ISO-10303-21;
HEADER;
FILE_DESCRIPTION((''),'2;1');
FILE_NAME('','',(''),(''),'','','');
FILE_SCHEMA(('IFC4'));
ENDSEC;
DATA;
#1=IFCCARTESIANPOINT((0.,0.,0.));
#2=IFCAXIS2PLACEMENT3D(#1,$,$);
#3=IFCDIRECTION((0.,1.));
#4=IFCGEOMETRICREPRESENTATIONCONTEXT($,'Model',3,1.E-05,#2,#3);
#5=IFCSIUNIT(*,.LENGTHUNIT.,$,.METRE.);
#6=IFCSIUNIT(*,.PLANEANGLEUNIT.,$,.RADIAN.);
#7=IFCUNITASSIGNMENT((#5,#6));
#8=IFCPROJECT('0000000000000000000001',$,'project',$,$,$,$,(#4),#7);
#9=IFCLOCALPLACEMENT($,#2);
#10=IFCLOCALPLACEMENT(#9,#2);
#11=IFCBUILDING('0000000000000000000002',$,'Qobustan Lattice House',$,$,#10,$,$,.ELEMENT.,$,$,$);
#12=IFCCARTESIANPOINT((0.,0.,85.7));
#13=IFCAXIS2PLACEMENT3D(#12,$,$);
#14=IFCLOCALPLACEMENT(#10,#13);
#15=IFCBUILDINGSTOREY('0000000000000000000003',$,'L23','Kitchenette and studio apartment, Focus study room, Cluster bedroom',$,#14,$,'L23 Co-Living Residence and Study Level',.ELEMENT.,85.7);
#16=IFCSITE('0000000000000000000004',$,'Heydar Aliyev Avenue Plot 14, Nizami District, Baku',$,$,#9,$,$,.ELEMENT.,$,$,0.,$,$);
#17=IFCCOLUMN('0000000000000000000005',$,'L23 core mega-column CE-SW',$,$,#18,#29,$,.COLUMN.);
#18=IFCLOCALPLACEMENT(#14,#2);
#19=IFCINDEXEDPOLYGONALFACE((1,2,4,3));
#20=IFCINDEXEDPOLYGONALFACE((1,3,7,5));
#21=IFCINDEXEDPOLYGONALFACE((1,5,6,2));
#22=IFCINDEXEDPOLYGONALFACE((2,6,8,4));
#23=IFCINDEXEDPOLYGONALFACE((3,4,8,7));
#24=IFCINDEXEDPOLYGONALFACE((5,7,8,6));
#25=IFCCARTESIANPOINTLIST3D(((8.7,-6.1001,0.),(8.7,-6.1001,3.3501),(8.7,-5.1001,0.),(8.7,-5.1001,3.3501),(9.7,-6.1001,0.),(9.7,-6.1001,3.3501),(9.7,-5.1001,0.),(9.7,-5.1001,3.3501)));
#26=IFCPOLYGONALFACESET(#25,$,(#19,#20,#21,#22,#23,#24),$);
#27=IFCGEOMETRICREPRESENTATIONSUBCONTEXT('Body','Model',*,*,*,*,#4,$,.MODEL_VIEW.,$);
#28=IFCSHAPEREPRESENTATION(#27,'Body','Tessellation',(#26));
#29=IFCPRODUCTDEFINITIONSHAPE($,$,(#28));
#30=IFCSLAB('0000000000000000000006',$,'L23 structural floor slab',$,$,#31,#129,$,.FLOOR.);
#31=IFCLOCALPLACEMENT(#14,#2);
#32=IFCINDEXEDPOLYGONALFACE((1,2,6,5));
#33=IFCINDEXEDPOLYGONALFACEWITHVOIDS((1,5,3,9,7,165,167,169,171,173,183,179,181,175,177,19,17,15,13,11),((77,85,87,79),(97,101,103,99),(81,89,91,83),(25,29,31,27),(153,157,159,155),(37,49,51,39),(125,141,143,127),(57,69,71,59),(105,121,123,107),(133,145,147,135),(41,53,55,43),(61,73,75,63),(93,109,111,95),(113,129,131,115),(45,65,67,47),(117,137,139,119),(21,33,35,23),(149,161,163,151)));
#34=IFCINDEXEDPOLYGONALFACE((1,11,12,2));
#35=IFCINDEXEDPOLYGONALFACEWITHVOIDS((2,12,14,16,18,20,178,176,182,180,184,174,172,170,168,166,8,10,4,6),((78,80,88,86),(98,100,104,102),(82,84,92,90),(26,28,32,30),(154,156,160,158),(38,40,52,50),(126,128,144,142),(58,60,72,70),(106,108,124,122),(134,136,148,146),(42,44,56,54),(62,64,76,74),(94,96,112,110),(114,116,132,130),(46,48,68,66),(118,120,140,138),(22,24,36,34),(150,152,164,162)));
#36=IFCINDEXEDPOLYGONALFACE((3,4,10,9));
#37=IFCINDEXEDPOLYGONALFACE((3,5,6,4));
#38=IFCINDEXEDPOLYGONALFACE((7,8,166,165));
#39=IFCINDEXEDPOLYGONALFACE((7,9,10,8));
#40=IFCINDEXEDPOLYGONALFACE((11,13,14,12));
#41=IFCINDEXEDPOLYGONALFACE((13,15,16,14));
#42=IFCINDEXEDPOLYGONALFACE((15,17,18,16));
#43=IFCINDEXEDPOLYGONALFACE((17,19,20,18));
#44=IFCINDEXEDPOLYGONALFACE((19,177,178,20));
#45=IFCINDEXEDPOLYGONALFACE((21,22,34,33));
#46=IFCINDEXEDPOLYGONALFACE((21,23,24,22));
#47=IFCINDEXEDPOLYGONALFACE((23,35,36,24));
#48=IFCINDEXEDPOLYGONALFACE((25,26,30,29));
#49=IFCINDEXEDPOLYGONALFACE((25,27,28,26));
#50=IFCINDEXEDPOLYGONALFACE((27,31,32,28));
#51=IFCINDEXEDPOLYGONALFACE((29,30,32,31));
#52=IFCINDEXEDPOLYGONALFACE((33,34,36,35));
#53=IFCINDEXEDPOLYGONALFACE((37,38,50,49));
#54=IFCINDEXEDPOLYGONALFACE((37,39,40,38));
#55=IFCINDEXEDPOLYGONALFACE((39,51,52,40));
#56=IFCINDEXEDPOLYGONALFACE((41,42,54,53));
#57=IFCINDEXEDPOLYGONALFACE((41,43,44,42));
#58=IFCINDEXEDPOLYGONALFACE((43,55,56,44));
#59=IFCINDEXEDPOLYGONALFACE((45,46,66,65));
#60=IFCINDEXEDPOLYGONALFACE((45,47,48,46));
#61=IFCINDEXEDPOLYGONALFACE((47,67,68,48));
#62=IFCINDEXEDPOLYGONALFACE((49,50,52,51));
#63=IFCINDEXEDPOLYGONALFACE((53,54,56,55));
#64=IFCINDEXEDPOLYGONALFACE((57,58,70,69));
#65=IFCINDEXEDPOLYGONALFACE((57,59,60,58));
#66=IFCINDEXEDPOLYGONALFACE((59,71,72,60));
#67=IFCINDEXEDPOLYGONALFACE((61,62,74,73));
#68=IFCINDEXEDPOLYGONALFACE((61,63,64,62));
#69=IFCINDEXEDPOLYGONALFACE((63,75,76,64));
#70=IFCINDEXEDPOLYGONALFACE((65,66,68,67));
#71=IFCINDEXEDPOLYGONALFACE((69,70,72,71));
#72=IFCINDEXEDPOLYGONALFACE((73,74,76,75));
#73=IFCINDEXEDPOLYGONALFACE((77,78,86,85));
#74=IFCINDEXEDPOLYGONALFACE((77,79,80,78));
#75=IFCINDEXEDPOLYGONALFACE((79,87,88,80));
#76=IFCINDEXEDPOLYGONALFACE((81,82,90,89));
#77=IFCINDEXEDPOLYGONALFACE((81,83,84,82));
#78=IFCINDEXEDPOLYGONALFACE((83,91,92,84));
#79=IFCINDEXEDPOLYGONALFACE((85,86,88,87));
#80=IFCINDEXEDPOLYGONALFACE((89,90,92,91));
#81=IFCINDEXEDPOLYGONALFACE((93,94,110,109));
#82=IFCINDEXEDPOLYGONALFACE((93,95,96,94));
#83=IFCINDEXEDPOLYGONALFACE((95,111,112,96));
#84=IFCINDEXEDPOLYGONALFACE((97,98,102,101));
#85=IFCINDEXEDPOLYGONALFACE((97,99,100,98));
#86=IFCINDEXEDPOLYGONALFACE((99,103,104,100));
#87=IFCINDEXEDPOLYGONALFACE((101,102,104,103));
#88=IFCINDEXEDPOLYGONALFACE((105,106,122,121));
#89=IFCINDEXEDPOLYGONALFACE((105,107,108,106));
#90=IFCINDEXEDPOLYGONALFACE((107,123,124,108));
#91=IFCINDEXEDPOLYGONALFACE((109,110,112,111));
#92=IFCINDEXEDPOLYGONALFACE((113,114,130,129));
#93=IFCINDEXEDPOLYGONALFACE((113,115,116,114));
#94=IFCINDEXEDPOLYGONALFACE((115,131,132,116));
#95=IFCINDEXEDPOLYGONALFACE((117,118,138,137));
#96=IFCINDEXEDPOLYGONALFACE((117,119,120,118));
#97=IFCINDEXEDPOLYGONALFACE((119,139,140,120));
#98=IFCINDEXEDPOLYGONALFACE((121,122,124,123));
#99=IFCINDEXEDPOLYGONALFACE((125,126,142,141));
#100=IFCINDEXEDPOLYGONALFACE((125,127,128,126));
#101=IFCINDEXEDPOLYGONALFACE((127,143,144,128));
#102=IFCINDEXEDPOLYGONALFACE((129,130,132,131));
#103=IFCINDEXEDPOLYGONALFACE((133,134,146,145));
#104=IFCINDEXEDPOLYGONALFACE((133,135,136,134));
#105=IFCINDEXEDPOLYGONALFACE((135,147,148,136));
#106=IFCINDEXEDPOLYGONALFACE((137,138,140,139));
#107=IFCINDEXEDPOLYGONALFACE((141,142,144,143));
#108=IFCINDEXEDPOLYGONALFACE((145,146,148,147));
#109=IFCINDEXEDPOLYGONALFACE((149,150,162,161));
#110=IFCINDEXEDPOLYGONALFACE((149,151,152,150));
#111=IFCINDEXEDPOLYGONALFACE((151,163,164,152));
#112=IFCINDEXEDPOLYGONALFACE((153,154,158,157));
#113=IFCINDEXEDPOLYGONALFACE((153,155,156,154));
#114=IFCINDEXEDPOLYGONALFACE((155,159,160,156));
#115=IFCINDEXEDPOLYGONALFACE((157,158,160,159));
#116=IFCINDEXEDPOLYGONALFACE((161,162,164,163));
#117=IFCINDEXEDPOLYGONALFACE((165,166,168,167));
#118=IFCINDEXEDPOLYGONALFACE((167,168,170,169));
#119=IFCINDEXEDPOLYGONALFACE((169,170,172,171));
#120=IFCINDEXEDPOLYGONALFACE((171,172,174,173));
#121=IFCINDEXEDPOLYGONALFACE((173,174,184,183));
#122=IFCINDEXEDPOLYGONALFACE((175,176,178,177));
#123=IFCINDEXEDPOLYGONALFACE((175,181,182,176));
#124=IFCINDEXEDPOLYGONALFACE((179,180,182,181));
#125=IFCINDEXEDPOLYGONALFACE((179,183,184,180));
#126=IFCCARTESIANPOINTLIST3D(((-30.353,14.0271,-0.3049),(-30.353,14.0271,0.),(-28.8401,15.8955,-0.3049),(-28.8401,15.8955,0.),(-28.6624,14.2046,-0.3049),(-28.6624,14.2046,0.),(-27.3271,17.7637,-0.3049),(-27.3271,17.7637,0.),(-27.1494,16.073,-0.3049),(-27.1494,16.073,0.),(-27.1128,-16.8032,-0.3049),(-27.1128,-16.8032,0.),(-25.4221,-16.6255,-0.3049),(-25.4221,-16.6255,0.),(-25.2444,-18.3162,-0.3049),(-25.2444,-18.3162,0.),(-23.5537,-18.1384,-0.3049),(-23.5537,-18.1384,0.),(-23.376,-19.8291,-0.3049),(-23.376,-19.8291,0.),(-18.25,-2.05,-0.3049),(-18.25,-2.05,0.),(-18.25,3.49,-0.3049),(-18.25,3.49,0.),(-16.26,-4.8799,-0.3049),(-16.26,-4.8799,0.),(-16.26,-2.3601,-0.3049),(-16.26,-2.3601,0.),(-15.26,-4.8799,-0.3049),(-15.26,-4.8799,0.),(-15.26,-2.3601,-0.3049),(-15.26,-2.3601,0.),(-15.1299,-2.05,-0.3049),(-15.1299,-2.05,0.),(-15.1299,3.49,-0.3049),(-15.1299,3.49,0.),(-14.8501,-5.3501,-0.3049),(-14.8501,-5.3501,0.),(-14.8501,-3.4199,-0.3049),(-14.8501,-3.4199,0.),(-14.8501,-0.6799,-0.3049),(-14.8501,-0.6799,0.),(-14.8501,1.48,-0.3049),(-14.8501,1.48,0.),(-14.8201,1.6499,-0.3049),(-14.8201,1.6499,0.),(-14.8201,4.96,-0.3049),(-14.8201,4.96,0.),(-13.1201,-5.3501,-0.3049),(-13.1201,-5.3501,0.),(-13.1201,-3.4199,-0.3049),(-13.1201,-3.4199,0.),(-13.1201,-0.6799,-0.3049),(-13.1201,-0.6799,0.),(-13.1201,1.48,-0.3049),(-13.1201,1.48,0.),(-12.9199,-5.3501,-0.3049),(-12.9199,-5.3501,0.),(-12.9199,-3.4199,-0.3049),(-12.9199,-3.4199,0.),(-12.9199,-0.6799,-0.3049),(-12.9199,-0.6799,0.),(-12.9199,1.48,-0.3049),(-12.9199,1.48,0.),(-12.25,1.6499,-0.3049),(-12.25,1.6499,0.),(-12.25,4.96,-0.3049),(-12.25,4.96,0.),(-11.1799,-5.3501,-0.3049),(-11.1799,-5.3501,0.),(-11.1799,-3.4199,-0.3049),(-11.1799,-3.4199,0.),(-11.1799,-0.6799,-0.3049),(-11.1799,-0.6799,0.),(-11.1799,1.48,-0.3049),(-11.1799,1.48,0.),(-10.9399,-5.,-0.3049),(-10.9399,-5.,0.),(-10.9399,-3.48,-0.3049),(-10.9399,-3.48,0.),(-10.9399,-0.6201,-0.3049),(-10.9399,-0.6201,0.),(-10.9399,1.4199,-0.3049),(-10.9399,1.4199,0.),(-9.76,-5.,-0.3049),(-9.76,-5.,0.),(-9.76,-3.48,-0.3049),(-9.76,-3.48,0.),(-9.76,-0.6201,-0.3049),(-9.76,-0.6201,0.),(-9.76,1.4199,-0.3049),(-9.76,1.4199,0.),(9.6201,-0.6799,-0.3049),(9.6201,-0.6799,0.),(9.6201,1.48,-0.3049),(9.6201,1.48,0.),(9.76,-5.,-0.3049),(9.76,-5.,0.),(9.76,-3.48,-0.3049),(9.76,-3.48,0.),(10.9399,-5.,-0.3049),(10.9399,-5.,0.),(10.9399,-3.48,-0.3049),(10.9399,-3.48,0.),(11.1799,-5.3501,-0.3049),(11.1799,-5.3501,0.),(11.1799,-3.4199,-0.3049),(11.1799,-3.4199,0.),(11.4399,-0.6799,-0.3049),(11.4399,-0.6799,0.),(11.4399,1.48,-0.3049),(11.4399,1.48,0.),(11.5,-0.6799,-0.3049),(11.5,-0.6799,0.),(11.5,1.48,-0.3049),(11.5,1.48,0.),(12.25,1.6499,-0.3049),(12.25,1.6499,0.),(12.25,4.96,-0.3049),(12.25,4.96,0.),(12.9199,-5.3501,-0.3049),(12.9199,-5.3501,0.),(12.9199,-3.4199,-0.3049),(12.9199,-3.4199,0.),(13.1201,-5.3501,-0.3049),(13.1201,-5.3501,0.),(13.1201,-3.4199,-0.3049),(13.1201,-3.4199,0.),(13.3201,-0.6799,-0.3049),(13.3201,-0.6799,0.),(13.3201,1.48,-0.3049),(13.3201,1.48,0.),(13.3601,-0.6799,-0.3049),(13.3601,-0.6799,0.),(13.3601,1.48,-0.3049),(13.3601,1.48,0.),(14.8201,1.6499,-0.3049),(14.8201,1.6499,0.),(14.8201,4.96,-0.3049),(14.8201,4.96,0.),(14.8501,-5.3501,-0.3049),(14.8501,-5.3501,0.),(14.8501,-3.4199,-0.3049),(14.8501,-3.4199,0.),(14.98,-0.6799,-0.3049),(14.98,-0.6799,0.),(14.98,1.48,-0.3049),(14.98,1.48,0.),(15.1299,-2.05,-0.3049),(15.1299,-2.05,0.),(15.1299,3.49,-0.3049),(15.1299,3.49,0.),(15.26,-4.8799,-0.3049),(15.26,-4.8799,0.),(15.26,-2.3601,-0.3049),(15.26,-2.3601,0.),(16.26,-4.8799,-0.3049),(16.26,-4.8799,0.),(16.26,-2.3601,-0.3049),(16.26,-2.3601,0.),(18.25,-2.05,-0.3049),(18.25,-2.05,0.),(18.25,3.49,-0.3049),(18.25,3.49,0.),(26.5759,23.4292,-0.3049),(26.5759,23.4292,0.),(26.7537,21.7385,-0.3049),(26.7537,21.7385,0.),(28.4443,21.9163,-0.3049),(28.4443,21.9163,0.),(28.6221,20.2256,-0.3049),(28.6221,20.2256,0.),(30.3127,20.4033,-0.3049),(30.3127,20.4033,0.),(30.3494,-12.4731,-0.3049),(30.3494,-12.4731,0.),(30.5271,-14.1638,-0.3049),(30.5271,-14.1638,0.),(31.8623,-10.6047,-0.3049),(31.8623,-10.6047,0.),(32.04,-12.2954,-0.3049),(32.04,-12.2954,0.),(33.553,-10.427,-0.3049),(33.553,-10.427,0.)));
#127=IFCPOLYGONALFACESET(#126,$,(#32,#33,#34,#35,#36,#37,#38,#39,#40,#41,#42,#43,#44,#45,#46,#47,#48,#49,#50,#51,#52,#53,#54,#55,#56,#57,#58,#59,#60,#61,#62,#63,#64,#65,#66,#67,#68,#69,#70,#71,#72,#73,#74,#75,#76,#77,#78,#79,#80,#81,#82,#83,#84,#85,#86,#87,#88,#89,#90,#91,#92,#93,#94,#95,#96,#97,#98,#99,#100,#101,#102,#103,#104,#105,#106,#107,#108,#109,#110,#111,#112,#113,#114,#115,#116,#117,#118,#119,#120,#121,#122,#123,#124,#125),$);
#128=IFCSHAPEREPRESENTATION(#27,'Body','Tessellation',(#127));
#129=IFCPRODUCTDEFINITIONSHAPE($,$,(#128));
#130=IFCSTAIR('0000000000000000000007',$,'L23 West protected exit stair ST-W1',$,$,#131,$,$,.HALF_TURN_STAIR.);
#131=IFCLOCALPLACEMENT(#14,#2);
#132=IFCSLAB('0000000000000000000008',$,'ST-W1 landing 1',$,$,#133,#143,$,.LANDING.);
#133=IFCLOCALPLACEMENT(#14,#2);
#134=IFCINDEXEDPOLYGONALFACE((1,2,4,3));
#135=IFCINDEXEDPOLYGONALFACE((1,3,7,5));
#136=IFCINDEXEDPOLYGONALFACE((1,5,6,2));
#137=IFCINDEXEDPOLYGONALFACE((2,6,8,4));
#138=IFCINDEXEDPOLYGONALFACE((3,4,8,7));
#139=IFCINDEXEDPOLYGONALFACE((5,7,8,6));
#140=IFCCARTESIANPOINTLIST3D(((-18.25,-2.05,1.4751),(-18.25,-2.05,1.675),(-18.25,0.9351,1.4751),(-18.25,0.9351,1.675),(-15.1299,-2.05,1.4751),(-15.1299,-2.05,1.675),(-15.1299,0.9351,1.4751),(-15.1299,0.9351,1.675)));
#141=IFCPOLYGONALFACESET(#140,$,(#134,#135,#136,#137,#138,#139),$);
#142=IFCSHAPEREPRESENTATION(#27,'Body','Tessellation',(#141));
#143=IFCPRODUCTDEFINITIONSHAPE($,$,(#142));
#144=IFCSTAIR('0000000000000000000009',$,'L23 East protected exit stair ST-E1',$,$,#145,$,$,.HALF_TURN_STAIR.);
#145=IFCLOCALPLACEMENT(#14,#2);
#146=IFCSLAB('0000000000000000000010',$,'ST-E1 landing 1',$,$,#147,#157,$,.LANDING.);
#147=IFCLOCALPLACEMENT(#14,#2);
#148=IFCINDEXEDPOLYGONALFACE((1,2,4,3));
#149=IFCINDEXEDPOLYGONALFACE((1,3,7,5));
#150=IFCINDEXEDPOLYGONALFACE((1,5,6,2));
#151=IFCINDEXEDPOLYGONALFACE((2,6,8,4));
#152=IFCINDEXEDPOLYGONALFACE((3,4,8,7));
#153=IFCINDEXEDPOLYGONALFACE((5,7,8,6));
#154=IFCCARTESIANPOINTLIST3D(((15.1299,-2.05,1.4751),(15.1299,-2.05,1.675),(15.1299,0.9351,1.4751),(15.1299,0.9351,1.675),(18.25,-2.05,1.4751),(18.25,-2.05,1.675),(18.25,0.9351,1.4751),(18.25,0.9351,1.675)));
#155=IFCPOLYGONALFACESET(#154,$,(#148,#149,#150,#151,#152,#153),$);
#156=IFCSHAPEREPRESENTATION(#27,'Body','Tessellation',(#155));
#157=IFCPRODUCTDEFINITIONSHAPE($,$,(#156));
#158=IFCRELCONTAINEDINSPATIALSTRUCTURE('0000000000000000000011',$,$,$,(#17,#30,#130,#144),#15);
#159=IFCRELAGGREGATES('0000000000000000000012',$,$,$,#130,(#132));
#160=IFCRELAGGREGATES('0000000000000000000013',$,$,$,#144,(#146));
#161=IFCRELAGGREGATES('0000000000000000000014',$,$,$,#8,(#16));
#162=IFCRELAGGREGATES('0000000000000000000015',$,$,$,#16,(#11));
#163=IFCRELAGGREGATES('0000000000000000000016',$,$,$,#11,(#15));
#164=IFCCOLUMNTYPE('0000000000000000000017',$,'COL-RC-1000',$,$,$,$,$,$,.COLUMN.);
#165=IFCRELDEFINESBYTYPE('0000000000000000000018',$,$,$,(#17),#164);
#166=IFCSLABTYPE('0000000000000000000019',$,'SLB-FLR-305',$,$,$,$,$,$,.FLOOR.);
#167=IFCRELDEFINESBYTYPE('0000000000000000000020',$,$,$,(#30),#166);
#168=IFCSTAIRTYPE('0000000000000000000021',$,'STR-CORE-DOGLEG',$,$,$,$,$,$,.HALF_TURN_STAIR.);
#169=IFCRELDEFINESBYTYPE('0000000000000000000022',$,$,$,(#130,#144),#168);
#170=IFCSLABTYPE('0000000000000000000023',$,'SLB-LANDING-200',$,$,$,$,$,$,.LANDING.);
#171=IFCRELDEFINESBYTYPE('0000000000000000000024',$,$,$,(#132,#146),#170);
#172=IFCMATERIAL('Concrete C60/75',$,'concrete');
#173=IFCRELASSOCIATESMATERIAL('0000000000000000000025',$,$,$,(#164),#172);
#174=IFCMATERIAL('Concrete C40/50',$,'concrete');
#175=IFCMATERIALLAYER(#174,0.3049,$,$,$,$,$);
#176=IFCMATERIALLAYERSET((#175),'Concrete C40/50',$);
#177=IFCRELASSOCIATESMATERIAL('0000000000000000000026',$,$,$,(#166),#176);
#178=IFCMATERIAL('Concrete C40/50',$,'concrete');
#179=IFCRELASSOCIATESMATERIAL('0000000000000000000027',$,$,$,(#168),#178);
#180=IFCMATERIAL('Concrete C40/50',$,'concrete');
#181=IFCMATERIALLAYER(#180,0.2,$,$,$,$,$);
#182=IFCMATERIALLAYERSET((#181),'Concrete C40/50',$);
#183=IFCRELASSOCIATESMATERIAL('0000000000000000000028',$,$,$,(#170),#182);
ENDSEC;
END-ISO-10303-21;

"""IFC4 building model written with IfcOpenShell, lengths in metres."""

from ifc_helpers import new_model, si_unit, direction, frame, origin, origin_2d, place, context, subcontext, project, spatial, polyline, rectangle, outline, extrude, material, layer, layer_set, material_profile, profile_set, type_object, element, aggregate, save


model = new_model("IFC4")

# Units and contexts
model_context = context("Model", 3, precision=1e-05, world=origin(), true_north=direction((0.0, 1.0)))
body_context = subcontext(model_context, "Body", "Model", "MODEL_VIEW")
ifc_project = project(units=[si_unit("LENGTHUNIT", "METRE"), si_unit("PLANEANGLEUNIT", "RADIAN")], contexts=[model_context])

# Site, building, storey
site_placement = place(None, origin())
site = spatial("IfcSite", under=ifc_project, at=site_placement, Name="Heydar Aliyev Avenue Plot 14, Nizami District, Baku", CompositionType="ELEMENT", RefElevation=0.0)
building_placement = place(site_placement, origin())
building = spatial("IfcBuilding", under=site, at=building_placement, Name="Qobustan Lattice House", CompositionType="ELEMENT")
storey_placement = place(building_placement, frame((0.0, 0.0, 85.7)))
storey = spatial("IfcBuildingStorey", under=building, at=storey_placement, Name="L23", Description="Kitchenette and studio apartment, Focus study room, Cluster bedroom", LongName="L23 Co-Living Residence and Study Level", CompositionType="ELEMENT", Elevation=85.7)

# Column
ifc_material_1 = material(Name="Concrete C60/75", Category="concrete")
ifc_material_profile = material_profile(ifc_material_1, rectangle(XDim=1.0, YDim=1.0, at=origin_2d()), Name="RC1000x1000")
ifc_profile_set = profile_set([ifc_material_profile], Name="Concrete C60/75")
column_type = type_object("IfcColumnType", Name="COL-RC-1000", PredefinedType="COLUMN", material=ifc_profile_set)
column_placement = place(storey_placement, frame((9.2, -5.6001, 0.0), z_axis=(0.0, 0.0, 1.0), x_axis=(1.0, 0.0, 0.0)))
element("IfcColumn", 1, at=column_placement, inside=storey, type_object=column_type, Name="L23 core mega-column CE-SW", PredefinedType="COLUMN", context=body_context, shape_type="SweptSolid", body=[
    extrude(rectangle(XDim=1.0, YDim=1.0, at=origin_2d()), origin(), (0.0, 0.0, 1.0), 3.3501),
])

# Slab
ifc_material_2 = material(Name="Concrete C40/50", Category="concrete")
ifc_layer_1 = layer(ifc_material_2, 0.3049)
ifc_layer_set_1 = layer_set([ifc_layer_1], Name="Concrete C40/50")
slab_type_1 = type_object("IfcSlabType", Name="SLB-FLR-305", PredefinedType="FLOOR", material=ifc_layer_set_1)
slab_1_placement = place(storey_placement, frame((0.0, 0.0, -0.3049)))
element("IfcSlab", 2, at=slab_1_placement, inside=storey, type_object=slab_type_1, Name="L23 structural floor slab", PredefinedType="FLOOR", context=body_context, shape_type="SweptSolid", body=[
    extrude(outline(polyline([(-23.376, -19.8291), (30.5271, -14.1638), (30.3494, -12.4731), (32.04, -12.2954), (31.8623, -10.6047), (33.553, -10.427), (30.3127, 20.4033), (28.6221, 20.2256), (28.4443, 21.9163), (26.7537, 21.7385), (26.5759, 23.4292), (-27.3271, 17.7637), (-27.1494, 16.073), (-28.8401, 15.8955), (-28.6624, 14.2046), (-30.353, 14.0271), (-27.1128, -16.8032), (-25.4221, -16.6255), (-25.2444, -18.3162), (-23.5537, -18.1384), (-23.376, -19.8291)]), holes=[polyline([(-18.25, -2.05), (-18.25, 3.49), (-15.1299, 3.49), (-15.1299, -2.05), (-18.25, -2.05)]), polyline([(15.1299, -2.05), (15.1299, 3.49), (18.25, 3.49), (18.25, -2.05), (15.1299, -2.05)]), polyline([(-14.8201, 1.6499), (-14.8201, 4.96), (-12.25, 4.96), (-12.25, 1.6499), (-14.8201, 1.6499)]), polyline([(12.25, 1.6499), (12.25, 4.96), (14.8201, 4.96), (14.8201, 1.6499), (12.25, 1.6499)]), polyline([(-16.26, -4.8799), (-16.26, -2.3601), (-15.26, -2.3601), (-15.26, -4.8799), (-16.26, -4.8799)]), polyline([(15.26, -4.8799), (15.26, -2.3601), (16.26, -2.3601), (16.26, -4.8799), (15.26, -4.8799)]), polyline([(-14.8501, -5.3501), (-14.8501, -3.4199), (-13.1201, -3.4199), (-13.1201, -5.3501), (-14.8501, -5.3501)]), polyline([(-12.9199, -5.3501), (-12.9199, -3.4199), (-11.1799, -3.4199), (-11.1799, -5.3501), (-12.9199, -5.3501)]), polyline([(-14.8501, -0.6799), (-14.8501, 1.48), (-13.1201, 1.48), (-13.1201, -0.6799), (-14.8501, -0.6799)]), polyline([(-12.9199, -0.6799), (-12.9199, 1.48), (-11.1799, 1.48), (-11.1799, -0.6799), (-12.9199, -0.6799)]), polyline([(-10.9399, -5.0), (-10.9399, -3.48), (-9.76, -3.48), (-9.76, -5.0), (-10.9399, -5.0)]), polyline([(-10.9399, -0.6201), (-10.9399, 1.4199), (-9.76, 1.4199), (-9.76, -0.6201), (-10.9399, -0.6201)]), polyline([(11.1799, -5.3501), (11.1799, -3.4199), (12.9199, -3.4199), (12.9199, -5.3501), (11.1799, -5.3501)]), polyline([(13.1201, -5.3501), (13.1201, -3.4199), (14.8501, -3.4199), (14.8501, -5.3501), (13.1201, -5.3501)]), polyline([(9.76, -5.0), (9.76, -3.48), (10.9399, -3.48), (10.9399, -5.0), (9.76, -5.0)]), polyline([(13.3601, -0.6799), (13.3601, 1.48), (14.98, 1.48), (14.98, -0.6799), (13.3601, -0.6799)]), polyline([(9.6201, -0.6799), (9.6201, 1.48), (11.4399, 1.48), (11.4399, -0.6799), (9.6201, -0.6799)]), polyline([(11.5, -0.6799), (11.5, 1.48), (13.3201, 1.48), (13.3201, -0.6799), (11.5, -0.6799)])]), origin(), (0.0, 0.0, 1.0), 0.3049),
])

# Stairs, slabs
ifc_material_3 = material(Name="Concrete C40/50", Category="concrete")
stair_type = type_object("IfcStairType", Name="STR-CORE-DOGLEG", PredefinedType="HALF_TURN_STAIR", material=ifc_material_3)
stair_1_placement = place(storey_placement, origin())
stair_1 = element("IfcStair", 3, at=stair_1_placement, inside=storey, type_object=stair_type, Name="L23 West protected exit stair ST-W1", PredefinedType="HALF_TURN_STAIR")
ifc_material_4 = material(Name="Concrete C40/50", Category="concrete")
ifc_layer_2 = layer(ifc_material_4, 0.2)
ifc_layer_set_2 = layer_set([ifc_layer_2], Name="Concrete C40/50")
slab_type_2 = type_object("IfcSlabType", Name="SLB-LANDING-200", PredefinedType="LANDING", material=ifc_layer_set_2)
slab_2_placement = place(storey_placement, frame((0.0, 0.0, 1.4751)))
slab_2 = element("IfcSlab", 4, at=slab_2_placement, type_object=slab_type_2, Name="ST-W1 landing 1", PredefinedType="LANDING", context=body_context, shape_type="SweptSolid", body=[
    extrude(outline(polyline([(-18.25, 0.9351), (-18.25, -2.05), (-15.1299, -2.05), (-15.1299, 0.9351), (-18.25, 0.9351)])), origin(), (0.0, 0.0, 1.0), 0.2),
])
aggregate(stair_1, [slab_2])
stair_2_placement = place(storey_placement, origin())
stair_2 = element("IfcStair", 5, at=stair_2_placement, inside=storey, type_object=stair_type, Name="L23 East protected exit stair ST-E1", PredefinedType="HALF_TURN_STAIR")
slab_3_placement = place(storey_placement, frame((0.0, 0.0, 1.4751)))
slab_3 = element("IfcSlab", 6, at=slab_3_placement, type_object=slab_type_2, Name="ST-E1 landing 1", PredefinedType="LANDING", context=body_context, shape_type="SweptSolid", body=[
    extrude(outline(polyline([(15.1299, 0.9351), (15.1299, -2.05), (18.25, -2.05), (18.25, 0.9351), (15.1299, 0.9351)])), origin(), (0.0, 0.0, 1.0), 0.2),
])
aggregate(stair_2, [slab_3])

save(model, "model.ifc")
